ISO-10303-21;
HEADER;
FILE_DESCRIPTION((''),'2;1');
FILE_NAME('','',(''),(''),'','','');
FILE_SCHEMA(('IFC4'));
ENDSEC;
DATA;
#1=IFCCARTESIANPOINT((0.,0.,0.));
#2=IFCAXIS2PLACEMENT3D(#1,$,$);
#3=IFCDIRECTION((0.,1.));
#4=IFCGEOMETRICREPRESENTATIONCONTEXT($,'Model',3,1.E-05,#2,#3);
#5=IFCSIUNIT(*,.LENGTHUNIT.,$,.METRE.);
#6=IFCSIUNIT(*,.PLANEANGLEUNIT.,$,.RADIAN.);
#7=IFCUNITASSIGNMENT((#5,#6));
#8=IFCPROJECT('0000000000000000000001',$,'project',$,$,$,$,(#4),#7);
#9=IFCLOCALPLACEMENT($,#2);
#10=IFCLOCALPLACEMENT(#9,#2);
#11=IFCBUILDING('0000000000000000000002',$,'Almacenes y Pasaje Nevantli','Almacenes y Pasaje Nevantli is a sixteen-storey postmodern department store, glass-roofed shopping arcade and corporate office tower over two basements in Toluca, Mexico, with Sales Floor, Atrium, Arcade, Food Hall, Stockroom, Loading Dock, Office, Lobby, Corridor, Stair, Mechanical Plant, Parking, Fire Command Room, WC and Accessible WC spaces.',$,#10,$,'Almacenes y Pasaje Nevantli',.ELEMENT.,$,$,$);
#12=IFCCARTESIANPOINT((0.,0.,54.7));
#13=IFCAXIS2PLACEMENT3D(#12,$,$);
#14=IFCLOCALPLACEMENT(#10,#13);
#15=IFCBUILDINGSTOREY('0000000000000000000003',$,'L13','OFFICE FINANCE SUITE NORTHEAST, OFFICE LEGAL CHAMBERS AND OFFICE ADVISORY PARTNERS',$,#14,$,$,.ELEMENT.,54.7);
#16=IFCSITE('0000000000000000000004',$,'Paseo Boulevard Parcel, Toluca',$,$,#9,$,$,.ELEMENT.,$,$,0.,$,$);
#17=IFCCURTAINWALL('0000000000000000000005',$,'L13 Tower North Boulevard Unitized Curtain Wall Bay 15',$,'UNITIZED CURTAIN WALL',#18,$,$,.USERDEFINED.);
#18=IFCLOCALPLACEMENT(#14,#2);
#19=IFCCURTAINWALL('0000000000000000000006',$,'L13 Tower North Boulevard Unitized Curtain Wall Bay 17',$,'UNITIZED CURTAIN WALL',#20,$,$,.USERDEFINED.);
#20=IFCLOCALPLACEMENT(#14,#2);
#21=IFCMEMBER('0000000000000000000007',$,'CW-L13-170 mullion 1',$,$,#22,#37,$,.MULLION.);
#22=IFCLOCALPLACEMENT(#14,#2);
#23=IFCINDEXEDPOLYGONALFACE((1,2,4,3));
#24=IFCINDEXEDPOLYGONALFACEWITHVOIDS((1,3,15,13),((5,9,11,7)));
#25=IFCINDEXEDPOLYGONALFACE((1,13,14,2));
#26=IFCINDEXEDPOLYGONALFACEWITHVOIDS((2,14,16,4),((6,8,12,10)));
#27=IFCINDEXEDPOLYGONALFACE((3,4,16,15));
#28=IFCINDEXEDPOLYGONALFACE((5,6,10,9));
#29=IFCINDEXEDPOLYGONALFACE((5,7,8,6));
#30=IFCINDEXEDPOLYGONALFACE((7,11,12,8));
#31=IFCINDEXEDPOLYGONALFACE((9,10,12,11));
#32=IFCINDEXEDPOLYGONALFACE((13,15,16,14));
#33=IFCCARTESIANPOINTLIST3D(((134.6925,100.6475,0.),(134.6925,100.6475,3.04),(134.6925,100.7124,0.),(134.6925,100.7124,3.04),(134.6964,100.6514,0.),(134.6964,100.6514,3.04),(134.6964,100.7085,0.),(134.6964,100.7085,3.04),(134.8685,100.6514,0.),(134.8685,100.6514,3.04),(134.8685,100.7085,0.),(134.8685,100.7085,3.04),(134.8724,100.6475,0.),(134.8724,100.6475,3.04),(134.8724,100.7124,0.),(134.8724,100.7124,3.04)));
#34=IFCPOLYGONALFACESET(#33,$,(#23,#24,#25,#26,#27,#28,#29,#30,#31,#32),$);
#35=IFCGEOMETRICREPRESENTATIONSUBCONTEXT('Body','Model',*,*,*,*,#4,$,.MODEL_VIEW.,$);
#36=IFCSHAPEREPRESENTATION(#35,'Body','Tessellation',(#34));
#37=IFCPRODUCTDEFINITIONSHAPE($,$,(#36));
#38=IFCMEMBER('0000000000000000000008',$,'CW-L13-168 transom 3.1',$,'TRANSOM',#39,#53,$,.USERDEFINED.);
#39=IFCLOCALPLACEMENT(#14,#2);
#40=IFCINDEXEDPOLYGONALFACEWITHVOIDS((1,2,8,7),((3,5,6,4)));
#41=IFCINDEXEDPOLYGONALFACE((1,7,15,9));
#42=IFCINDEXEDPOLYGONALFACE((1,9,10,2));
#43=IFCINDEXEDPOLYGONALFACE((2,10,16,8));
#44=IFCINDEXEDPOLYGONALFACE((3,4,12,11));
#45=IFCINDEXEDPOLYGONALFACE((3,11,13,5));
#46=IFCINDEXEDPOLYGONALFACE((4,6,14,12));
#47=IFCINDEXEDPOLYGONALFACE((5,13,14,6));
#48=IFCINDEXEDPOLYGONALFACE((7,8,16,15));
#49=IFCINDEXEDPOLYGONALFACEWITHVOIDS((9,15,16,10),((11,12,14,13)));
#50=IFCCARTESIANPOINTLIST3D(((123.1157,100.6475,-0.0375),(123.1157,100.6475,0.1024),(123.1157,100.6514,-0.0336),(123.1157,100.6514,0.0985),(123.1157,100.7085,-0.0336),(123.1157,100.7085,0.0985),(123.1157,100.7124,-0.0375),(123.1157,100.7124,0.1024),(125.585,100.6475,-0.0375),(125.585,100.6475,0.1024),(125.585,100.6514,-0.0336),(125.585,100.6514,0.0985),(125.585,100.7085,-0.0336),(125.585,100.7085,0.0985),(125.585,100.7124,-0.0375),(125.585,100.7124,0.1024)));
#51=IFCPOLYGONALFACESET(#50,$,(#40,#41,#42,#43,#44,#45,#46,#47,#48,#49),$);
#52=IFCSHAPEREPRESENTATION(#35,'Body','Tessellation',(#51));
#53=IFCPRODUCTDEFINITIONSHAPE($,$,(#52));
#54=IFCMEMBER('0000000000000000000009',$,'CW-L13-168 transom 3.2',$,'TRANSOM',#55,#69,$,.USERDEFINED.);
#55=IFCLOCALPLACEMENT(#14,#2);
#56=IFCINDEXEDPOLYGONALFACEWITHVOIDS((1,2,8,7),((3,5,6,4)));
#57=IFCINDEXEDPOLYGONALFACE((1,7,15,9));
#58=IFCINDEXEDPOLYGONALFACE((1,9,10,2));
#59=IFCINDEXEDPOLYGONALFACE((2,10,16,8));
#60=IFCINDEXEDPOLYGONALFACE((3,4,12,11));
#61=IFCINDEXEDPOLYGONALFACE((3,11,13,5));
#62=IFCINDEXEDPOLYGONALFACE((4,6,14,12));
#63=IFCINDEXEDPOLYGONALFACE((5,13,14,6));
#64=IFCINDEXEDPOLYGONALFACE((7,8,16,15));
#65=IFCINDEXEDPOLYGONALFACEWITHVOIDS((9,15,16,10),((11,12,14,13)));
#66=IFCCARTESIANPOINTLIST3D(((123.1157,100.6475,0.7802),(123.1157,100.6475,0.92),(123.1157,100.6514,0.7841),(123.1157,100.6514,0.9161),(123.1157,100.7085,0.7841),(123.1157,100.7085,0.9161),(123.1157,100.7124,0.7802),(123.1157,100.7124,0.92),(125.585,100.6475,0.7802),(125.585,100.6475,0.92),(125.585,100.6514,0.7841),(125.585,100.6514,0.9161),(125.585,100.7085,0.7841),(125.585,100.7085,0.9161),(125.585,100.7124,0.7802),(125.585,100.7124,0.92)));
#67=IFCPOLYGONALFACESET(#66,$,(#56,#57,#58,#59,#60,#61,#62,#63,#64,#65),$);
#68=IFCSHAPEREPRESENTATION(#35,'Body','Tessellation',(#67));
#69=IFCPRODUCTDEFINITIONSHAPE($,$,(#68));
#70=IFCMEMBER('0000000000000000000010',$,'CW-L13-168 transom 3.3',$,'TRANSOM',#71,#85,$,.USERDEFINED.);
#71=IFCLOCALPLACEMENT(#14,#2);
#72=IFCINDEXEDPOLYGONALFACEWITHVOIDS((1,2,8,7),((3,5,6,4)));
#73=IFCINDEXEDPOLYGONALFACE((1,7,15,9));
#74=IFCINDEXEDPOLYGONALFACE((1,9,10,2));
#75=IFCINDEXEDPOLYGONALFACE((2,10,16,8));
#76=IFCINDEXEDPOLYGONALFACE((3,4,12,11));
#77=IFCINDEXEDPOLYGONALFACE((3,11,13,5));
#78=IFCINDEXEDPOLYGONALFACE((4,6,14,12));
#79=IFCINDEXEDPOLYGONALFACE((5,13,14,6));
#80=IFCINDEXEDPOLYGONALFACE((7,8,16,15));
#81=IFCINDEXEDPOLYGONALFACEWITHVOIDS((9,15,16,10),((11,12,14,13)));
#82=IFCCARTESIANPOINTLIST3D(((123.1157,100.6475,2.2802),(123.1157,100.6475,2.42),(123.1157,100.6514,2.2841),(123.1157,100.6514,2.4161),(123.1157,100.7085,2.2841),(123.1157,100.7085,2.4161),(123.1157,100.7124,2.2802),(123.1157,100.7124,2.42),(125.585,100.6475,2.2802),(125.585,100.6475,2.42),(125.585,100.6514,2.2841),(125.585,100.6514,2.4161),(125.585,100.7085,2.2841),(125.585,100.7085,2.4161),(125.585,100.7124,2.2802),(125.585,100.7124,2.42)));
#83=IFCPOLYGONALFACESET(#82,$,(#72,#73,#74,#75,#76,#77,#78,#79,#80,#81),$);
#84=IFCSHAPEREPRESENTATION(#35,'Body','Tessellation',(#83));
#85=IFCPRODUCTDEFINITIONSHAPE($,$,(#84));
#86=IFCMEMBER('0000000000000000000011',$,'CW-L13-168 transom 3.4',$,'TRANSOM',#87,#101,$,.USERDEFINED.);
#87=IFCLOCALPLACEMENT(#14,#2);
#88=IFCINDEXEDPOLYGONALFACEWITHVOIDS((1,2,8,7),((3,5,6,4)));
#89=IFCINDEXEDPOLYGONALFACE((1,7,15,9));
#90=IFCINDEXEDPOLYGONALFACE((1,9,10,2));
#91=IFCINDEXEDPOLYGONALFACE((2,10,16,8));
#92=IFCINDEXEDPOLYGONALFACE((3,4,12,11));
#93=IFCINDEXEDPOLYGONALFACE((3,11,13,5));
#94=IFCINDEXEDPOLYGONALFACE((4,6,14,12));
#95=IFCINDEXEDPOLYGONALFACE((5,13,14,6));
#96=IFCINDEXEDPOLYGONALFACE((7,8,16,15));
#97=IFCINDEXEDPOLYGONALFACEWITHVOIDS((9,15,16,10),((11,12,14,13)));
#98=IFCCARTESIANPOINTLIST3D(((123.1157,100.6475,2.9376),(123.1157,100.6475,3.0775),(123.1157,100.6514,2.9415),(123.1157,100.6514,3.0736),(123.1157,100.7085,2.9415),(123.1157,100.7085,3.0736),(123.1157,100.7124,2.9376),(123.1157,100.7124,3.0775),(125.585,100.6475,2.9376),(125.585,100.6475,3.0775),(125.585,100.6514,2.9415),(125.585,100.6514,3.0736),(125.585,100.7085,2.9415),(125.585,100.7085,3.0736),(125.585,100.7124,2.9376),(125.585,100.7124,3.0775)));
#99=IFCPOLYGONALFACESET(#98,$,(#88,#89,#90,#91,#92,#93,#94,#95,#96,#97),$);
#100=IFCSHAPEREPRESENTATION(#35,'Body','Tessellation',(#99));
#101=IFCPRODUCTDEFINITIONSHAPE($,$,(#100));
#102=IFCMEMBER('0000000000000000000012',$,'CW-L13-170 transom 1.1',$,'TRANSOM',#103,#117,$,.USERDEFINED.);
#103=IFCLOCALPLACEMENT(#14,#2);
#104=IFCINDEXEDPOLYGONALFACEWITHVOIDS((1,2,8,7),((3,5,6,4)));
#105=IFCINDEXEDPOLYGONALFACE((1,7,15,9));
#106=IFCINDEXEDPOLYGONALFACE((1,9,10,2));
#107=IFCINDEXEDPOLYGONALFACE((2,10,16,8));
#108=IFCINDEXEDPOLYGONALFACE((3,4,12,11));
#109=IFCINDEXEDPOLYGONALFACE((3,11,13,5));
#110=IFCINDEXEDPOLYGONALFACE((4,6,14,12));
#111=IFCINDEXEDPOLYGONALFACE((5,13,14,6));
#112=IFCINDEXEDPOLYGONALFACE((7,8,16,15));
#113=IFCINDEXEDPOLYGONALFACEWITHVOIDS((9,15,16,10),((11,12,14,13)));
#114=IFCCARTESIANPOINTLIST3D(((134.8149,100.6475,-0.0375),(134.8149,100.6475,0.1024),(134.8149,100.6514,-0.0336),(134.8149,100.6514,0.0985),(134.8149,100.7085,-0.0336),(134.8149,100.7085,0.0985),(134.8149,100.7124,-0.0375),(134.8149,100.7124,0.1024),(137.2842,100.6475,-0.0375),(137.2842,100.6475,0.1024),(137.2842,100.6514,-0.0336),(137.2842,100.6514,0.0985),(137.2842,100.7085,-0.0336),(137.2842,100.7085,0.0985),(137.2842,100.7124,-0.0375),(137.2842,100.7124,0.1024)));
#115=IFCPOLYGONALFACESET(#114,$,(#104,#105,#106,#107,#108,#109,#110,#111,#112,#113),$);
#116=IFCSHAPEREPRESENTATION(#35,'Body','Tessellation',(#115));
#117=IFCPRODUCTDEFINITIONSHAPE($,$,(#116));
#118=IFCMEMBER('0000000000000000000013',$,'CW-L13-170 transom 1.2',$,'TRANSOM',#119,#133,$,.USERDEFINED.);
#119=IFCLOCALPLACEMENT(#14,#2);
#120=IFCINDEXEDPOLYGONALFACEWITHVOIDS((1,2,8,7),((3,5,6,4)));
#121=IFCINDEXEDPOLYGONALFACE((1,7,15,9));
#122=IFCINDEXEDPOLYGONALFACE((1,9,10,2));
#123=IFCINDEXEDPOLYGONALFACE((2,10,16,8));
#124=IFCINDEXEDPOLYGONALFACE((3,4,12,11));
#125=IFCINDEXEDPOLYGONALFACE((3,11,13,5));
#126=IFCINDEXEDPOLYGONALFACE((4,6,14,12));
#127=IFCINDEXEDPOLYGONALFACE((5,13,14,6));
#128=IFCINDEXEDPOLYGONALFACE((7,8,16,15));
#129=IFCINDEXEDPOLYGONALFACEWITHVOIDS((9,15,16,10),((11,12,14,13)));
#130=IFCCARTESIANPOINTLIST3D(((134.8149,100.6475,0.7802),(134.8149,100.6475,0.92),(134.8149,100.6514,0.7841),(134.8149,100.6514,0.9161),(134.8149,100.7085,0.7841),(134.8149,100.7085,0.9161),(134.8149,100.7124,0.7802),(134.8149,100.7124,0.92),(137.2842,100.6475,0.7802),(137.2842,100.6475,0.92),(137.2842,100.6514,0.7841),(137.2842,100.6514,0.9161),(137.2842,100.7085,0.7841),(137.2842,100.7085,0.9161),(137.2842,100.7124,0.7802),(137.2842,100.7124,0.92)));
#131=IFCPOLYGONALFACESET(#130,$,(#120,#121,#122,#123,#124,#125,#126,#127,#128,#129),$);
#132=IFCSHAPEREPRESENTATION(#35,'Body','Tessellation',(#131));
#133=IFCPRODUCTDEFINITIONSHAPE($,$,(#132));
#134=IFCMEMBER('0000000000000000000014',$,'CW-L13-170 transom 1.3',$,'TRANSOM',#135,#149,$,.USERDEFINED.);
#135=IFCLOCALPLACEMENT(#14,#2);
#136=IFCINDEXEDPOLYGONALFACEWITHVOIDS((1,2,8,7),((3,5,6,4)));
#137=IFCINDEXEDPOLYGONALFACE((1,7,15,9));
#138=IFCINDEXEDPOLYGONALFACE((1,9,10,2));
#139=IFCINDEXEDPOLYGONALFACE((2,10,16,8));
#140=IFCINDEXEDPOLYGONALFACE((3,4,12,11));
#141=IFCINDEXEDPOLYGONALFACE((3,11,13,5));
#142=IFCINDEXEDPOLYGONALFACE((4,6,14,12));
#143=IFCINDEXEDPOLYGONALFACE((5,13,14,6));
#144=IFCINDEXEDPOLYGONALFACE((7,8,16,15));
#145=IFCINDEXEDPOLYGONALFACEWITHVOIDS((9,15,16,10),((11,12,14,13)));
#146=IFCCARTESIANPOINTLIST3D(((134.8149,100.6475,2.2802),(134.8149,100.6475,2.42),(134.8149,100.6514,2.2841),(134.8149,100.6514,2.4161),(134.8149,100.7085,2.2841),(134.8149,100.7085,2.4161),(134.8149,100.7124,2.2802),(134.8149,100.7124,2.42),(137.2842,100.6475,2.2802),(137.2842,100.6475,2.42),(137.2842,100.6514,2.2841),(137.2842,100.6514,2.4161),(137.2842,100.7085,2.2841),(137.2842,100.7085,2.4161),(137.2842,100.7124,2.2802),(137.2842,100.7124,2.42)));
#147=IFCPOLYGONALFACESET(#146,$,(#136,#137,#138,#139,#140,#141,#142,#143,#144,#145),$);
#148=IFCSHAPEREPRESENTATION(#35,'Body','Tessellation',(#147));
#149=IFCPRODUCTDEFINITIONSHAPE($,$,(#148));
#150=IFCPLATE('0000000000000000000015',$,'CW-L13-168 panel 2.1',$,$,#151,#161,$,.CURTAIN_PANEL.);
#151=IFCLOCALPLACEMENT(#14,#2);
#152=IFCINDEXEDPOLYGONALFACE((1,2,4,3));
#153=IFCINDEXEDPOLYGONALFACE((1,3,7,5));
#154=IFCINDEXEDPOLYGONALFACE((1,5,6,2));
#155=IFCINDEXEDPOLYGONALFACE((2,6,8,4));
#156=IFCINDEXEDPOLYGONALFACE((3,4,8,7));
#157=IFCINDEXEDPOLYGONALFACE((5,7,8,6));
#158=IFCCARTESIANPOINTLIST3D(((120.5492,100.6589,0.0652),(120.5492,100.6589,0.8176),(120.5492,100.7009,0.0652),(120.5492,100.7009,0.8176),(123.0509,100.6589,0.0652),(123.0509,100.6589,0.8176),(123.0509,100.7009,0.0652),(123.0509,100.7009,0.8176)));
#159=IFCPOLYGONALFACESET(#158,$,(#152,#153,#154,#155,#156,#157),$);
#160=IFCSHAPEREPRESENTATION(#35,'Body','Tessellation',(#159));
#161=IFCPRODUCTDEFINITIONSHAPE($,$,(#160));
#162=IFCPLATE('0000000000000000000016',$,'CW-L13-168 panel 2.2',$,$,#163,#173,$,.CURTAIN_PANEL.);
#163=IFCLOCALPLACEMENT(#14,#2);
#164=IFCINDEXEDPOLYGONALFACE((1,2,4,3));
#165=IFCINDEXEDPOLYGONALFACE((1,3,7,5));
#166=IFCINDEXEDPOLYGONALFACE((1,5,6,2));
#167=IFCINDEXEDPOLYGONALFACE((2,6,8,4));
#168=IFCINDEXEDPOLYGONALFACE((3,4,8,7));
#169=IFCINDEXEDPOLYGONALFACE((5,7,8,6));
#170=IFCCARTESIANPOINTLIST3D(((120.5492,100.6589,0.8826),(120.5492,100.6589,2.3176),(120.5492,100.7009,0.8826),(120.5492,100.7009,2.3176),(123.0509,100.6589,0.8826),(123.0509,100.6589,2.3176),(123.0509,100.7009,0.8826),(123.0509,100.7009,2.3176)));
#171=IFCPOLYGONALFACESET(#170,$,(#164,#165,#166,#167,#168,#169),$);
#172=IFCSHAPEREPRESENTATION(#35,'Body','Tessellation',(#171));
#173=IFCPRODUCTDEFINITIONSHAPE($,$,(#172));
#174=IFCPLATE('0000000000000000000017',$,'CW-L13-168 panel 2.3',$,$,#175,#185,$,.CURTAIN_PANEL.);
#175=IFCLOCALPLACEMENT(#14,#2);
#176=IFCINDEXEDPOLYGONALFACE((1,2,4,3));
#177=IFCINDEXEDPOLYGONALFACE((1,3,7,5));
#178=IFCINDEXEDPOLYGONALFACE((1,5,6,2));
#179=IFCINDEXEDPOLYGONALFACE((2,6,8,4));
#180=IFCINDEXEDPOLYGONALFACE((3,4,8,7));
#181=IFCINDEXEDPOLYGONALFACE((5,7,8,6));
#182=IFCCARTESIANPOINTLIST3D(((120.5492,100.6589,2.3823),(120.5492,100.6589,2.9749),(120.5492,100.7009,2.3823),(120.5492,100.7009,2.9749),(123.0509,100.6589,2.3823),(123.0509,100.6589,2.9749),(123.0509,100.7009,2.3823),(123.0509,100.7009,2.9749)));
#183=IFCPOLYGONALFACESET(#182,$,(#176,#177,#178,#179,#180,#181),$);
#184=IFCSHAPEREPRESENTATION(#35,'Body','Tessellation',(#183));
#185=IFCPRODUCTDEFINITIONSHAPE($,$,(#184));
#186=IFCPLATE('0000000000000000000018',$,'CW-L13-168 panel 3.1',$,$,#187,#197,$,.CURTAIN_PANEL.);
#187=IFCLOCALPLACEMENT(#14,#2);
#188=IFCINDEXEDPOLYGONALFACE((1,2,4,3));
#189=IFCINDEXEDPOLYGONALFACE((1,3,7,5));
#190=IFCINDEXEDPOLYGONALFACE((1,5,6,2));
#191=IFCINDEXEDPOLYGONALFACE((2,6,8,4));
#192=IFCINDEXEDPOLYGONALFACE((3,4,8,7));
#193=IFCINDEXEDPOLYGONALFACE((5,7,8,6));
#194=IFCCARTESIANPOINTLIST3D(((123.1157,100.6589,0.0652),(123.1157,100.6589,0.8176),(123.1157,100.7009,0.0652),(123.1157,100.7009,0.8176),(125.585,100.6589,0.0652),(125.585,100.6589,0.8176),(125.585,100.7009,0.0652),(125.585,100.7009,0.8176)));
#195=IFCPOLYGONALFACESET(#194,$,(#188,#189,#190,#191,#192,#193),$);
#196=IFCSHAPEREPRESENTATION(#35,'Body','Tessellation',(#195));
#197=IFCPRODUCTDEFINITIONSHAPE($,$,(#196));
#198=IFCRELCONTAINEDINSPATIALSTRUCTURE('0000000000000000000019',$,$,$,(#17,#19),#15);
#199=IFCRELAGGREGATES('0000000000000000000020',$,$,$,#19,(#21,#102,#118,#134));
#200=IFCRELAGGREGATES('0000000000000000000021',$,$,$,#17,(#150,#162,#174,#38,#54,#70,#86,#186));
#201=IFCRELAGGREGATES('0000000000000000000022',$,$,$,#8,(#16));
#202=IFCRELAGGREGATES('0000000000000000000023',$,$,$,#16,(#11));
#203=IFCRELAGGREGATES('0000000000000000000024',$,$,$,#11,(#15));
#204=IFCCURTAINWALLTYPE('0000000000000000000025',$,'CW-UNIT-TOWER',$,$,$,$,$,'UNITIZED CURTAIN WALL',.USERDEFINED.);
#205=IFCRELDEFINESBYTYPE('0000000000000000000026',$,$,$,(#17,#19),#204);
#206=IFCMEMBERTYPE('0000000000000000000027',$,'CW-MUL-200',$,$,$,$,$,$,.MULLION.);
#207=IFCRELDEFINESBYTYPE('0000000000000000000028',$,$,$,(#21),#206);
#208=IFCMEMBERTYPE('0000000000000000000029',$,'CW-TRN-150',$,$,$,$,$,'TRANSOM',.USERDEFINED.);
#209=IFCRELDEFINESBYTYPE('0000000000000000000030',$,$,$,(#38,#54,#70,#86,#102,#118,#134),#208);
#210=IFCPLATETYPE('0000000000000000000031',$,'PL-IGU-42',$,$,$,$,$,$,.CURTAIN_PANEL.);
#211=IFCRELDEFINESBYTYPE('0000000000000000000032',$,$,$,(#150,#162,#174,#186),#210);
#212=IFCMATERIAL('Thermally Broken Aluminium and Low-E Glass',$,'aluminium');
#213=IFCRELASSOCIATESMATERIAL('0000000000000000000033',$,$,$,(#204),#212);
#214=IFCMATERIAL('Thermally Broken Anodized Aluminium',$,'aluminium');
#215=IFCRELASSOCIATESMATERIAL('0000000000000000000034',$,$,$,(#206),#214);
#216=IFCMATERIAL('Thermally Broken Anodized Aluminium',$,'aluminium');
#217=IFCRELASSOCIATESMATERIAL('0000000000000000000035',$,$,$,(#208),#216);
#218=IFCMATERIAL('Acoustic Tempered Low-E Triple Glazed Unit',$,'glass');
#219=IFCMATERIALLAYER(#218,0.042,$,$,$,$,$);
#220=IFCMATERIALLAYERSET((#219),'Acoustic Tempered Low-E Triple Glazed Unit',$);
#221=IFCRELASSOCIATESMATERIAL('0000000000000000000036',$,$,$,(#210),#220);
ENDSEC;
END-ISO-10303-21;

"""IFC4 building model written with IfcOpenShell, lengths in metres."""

from ifc_helpers import new_model, si_unit, direction, frame, origin, origin_2d, place, context, subcontext, project, spatial, rectangle, hollow_rectangle, extrude, material, layer, layer_set, material_profile, profile_set, type_object, element, aggregate, save


model = new_model("IFC4")

# Units and contexts
model_context = context("Model", 3, precision=1e-05, world=origin(), true_north=direction((0.0, 1.0)))
body_context = subcontext(model_context, "Body", "Model", "MODEL_VIEW")
ifc_project = project(units=[si_unit("LENGTHUNIT", "METRE"), si_unit("PLANEANGLEUNIT", "RADIAN")], contexts=[model_context])

# Site, building, storey
site_placement = place(None, origin())
site = spatial("IfcSite", under=ifc_project, at=site_placement, Name="Paseo Boulevard Parcel, Toluca", CompositionType="ELEMENT", RefElevation=0.0)
building_placement = place(site_placement, origin())
building = spatial("IfcBuilding", under=site, at=building_placement, Name="Almacenes y Pasaje Nevantli", Description="Almacenes y Pasaje Nevantli is a sixteen-storey postmodern department store, glass-roofed shopping arcade and corporate office tower over two basements in Toluca, Mexico, with Sales Floor, Atrium, Arcade, Food Hall, Stockroom, Loading Dock, Office, Lobby, Corridor, Stair, Mechanical Plant, Parking, Fire Command Room, WC and Accessible WC spaces.", LongName="Almacenes y Pasaje Nevantli", CompositionType="ELEMENT")
storey_placement = place(building_placement, frame((0.0, 0.0, 54.7)))
storey = spatial("IfcBuildingStorey", under=building, at=storey_placement, Name="L13", Description="OFFICE FINANCE SUITE NORTHEAST, OFFICE LEGAL CHAMBERS AND OFFICE ADVISORY PARTNERS", CompositionType="ELEMENT", Elevation=54.7)

# Curtain wall
ifc_material_1 = material(Name="Thermally Broken Aluminium and Low-E Glass", Category="aluminium")
curtain_wall_type = type_object("IfcCurtainWallType", Name="CW-UNIT-TOWER", ElementType="UNITIZED CURTAIN WALL", PredefinedType="USERDEFINED", material=ifc_material_1)
curtain_wall_1_placement = place(storey_placement, origin())
curtain_wall_1 = element("IfcCurtainWall", 1, at=curtain_wall_1_placement, inside=storey, type_object=curtain_wall_type, Name="L13 Tower North Boulevard Unitized Curtain Wall Bay 15", ObjectType="UNITIZED CURTAIN WALL", PredefinedType="USERDEFINED")
ifc_material_2 = material(Name="Thermally Broken Anodized Aluminium", Category="aluminium")
ifc_material_profile_1 = material_profile(ifc_material_2, hollow_rectangle(XDim=0.0649, YDim=0.1799, WallThickness=0.0039, at=origin_2d()), Name="ALU-MUL-65x180")
ifc_profile_set_1 = profile_set([ifc_material_profile_1], Name="Thermally Broken Anodized Aluminium")
member_type_1 = type_object("IfcMemberType", Name="CW-MUL-200", PredefinedType="MULLION", material=ifc_profile_set_1)

# Curtain wall, member
curtain_wall_2_placement = place(storey_placement, origin())
curtain_wall_2 = element("IfcCurtainWall", 2, at=curtain_wall_2_placement, inside=storey, type_object=curtain_wall_type, Name="L13 Tower North Boulevard Unitized Curtain Wall Bay 17", ObjectType="UNITIZED CURTAIN WALL", PredefinedType="USERDEFINED")
member_1_placement = place(storey_placement, frame((134.7825, 100.6799, 0.0), z_axis=(0.0, 0.0, 1.0), x_axis=(0.0, 1.0, 0.0)))
member_1 = element("IfcMember", 3, at=member_1_placement, type_object=member_type_1, Name="CW-L13-170 mullion 1", PredefinedType="MULLION", context=body_context, shape_type="SweptSolid", body=[
    extrude(hollow_rectangle(XDim=0.0649, YDim=0.1799, WallThickness=0.0039, at=origin_2d()), origin(), (0.0, 0.0, 1.0), 3.04),
])

# Members
ifc_material_3 = material(Name="Thermally Broken Anodized Aluminium", Category="aluminium")
ifc_material_profile_2 = material_profile(ifc_material_3, hollow_rectangle(XDim=0.0649, YDim=0.1399, WallThickness=0.0039, at=origin_2d()), Name="ALU-TRN-65x140")
ifc_profile_set_2 = profile_set([ifc_material_profile_2], Name="Thermally Broken Anodized Aluminium")
member_type_2 = type_object("IfcMemberType", Name="CW-TRN-150", ElementType="TRANSOM", PredefinedType="USERDEFINED", material=ifc_profile_set_2)
member_2_placement = place(storey_placement, frame((123.1157, 100.6799, 0.0325), z_axis=(1.0, 0.0, 0.0), x_axis=(0.0, 1.0, 0.0)))
member_2 = element("IfcMember", 4, at=member_2_placement, type_object=member_type_2, Name="CW-L13-168 transom 3.1", ObjectType="TRANSOM", PredefinedType="USERDEFINED", context=body_context, shape_type="SweptSolid", body=[
    extrude(hollow_rectangle(XDim=0.0649, YDim=0.1399, WallThickness=0.0039, at=origin_2d()), origin(), (0.0, 0.0, 1.0), 2.4692),
])
member_3_placement = place(storey_placement, frame((123.1157, 100.6799, 0.8501), z_axis=(1.0, 0.0, 0.0), x_axis=(0.0, 1.0, 0.0)))
member_3 = element("IfcMember", 5, at=member_3_placement, type_object=member_type_2, Name="CW-L13-168 transom 3.2", ObjectType="TRANSOM", PredefinedType="USERDEFINED", context=body_context, shape_type="SweptSolid", body=[
    extrude(hollow_rectangle(XDim=0.0649, YDim=0.1399, WallThickness=0.0039, at=origin_2d()), origin(), (0.0, 0.0, 1.0), 2.4692),
])
member_4_placement = place(storey_placement, frame((123.1157, 100.6799, 2.3501), z_axis=(1.0, 0.0, 0.0), x_axis=(0.0, 1.0, 0.0)))
member_4 = element("IfcMember", 6, at=member_4_placement, type_object=member_type_2, Name="CW-L13-168 transom 3.3", ObjectType="TRANSOM", PredefinedType="USERDEFINED", context=body_context, shape_type="SweptSolid", body=[
    extrude(hollow_rectangle(XDim=0.0649, YDim=0.1399, WallThickness=0.0039, at=origin_2d()), origin(), (0.0, 0.0, 1.0), 2.4692),
])
member_5_placement = place(storey_placement, frame((123.1157, 100.6799, 3.0076), z_axis=(1.0, 0.0, 0.0), x_axis=(0.0, 1.0, 0.0)))
member_5 = element("IfcMember", 7, at=member_5_placement, type_object=member_type_2, Name="CW-L13-168 transom 3.4", ObjectType="TRANSOM", PredefinedType="USERDEFINED", context=body_context, shape_type="SweptSolid", body=[
    extrude(hollow_rectangle(XDim=0.0649, YDim=0.1399, WallThickness=0.0039, at=origin_2d()), origin(), (0.0, 0.0, 1.0), 2.4692),
])
member_6_placement = place(storey_placement, frame((134.8149, 100.6799, 0.0325), z_axis=(1.0, 0.0, 0.0), x_axis=(0.0, 1.0, 0.0)))
member_6 = element("IfcMember", 8, at=member_6_placement, type_object=member_type_2, Name="CW-L13-170 transom 1.1", ObjectType="TRANSOM", PredefinedType="USERDEFINED", context=body_context, shape_type="SweptSolid", body=[
    extrude(hollow_rectangle(XDim=0.0649, YDim=0.1399, WallThickness=0.0039, at=origin_2d()), origin(), (0.0, 0.0, 1.0), 2.4692),
])
member_7_placement = place(storey_placement, frame((134.8149, 100.6799, 0.8501), z_axis=(1.0, 0.0, 0.0), x_axis=(0.0, 1.0, 0.0)))
member_7 = element("IfcMember", 9, at=member_7_placement, type_object=member_type_2, Name="CW-L13-170 transom 1.2", ObjectType="TRANSOM", PredefinedType="USERDEFINED", context=body_context, shape_type="SweptSolid", body=[
    extrude(hollow_rectangle(XDim=0.0649, YDim=0.1399, WallThickness=0.0039, at=origin_2d()), origin(), (0.0, 0.0, 1.0), 2.4692),
])
member_8_placement = place(storey_placement, frame((134.8149, 100.6799, 2.3501), z_axis=(1.0, 0.0, 0.0), x_axis=(0.0, 1.0, 0.0)))
member_8 = element("IfcMember", 10, at=member_8_placement, type_object=member_type_2, Name="CW-L13-170 transom 1.3", ObjectType="TRANSOM", PredefinedType="USERDEFINED", context=body_context, shape_type="SweptSolid", body=[
    extrude(hollow_rectangle(XDim=0.0649, YDim=0.1399, WallThickness=0.0039, at=origin_2d()), origin(), (0.0, 0.0, 1.0), 2.4692),
])
aggregate(curtain_wall_2, [member_1, member_6, member_7, member_8])

# Plates
ifc_material_4 = material(Name="Acoustic Tempered Low-E Triple Glazed Unit", Category="glass")
ifc_layer_1 = layer(ifc_material_4, 0.042)
ifc_layer_set_1 = layer_set([ifc_layer_1], Name="Acoustic Tempered Low-E Triple Glazed Unit")
plate_type = type_object("IfcPlateType", Name="PL-IGU-42", PredefinedType="CURTAIN_PANEL", material=ifc_layer_set_1)
plate_1_placement = place(storey_placement, frame((121.8, 100.6799, 0.0652), z_axis=(0.0, 0.0, 1.0), x_axis=(1.0, 0.0, 0.0)))
plate_1 = element("IfcPlate", 11, at=plate_1_placement, type_object=plate_type, Name="CW-L13-168 panel 2.1", PredefinedType="CURTAIN_PANEL", context=body_context, shape_type="SweptSolid", body=[
    extrude(rectangle(XDim=2.5017, YDim=0.042, at=origin_2d()), origin(), (0.0, 0.0, 1.0), 0.7524),
])
plate_2_placement = place(storey_placement, frame((121.8, 100.6799, 0.8826), z_axis=(0.0, 0.0, 1.0), x_axis=(1.0, 0.0, 0.0)))
plate_2 = element("IfcPlate", 12, at=plate_2_placement, type_object=plate_type, Name="CW-L13-168 panel 2.2", PredefinedType="CURTAIN_PANEL", context=body_context, shape_type="SweptSolid", body=[
    extrude(rectangle(XDim=2.5017, YDim=0.042, at=origin_2d()), origin(), (0.0, 0.0, 1.0), 1.4351),
])
plate_3_placement = place(storey_placement, frame((121.8, 100.6799, 2.3823), z_axis=(0.0, 0.0, 1.0), x_axis=(1.0, 0.0, 0.0)))
plate_3 = element("IfcPlate", 13, at=plate_3_placement, type_object=plate_type, Name="CW-L13-168 panel 2.3", PredefinedType="CURTAIN_PANEL", context=body_context, shape_type="SweptSolid", body=[
    extrude(rectangle(XDim=2.5017, YDim=0.042, at=origin_2d()), origin(), (0.0, 0.0, 1.0), 0.5925),
])
plate_4_placement = place(storey_placement, frame((124.3503, 100.6799, 0.0652), z_axis=(0.0, 0.0, 1.0), x_axis=(1.0, 0.0, 0.0)))
plate_4 = element("IfcPlate", 14, at=plate_4_placement, type_object=plate_type, Name="CW-L13-168 panel 3.1", PredefinedType="CURTAIN_PANEL", context=body_context, shape_type="SweptSolid", body=[
    extrude(rectangle(XDim=2.4692, YDim=0.042, at=origin_2d()), origin(), (0.0, 0.0, 1.0), 0.7524),
])
aggregate(curtain_wall_1, [plate_1, plate_2, plate_3, member_2, member_3, member_4, member_5, plate_4])

save(model, "model.ifc")
